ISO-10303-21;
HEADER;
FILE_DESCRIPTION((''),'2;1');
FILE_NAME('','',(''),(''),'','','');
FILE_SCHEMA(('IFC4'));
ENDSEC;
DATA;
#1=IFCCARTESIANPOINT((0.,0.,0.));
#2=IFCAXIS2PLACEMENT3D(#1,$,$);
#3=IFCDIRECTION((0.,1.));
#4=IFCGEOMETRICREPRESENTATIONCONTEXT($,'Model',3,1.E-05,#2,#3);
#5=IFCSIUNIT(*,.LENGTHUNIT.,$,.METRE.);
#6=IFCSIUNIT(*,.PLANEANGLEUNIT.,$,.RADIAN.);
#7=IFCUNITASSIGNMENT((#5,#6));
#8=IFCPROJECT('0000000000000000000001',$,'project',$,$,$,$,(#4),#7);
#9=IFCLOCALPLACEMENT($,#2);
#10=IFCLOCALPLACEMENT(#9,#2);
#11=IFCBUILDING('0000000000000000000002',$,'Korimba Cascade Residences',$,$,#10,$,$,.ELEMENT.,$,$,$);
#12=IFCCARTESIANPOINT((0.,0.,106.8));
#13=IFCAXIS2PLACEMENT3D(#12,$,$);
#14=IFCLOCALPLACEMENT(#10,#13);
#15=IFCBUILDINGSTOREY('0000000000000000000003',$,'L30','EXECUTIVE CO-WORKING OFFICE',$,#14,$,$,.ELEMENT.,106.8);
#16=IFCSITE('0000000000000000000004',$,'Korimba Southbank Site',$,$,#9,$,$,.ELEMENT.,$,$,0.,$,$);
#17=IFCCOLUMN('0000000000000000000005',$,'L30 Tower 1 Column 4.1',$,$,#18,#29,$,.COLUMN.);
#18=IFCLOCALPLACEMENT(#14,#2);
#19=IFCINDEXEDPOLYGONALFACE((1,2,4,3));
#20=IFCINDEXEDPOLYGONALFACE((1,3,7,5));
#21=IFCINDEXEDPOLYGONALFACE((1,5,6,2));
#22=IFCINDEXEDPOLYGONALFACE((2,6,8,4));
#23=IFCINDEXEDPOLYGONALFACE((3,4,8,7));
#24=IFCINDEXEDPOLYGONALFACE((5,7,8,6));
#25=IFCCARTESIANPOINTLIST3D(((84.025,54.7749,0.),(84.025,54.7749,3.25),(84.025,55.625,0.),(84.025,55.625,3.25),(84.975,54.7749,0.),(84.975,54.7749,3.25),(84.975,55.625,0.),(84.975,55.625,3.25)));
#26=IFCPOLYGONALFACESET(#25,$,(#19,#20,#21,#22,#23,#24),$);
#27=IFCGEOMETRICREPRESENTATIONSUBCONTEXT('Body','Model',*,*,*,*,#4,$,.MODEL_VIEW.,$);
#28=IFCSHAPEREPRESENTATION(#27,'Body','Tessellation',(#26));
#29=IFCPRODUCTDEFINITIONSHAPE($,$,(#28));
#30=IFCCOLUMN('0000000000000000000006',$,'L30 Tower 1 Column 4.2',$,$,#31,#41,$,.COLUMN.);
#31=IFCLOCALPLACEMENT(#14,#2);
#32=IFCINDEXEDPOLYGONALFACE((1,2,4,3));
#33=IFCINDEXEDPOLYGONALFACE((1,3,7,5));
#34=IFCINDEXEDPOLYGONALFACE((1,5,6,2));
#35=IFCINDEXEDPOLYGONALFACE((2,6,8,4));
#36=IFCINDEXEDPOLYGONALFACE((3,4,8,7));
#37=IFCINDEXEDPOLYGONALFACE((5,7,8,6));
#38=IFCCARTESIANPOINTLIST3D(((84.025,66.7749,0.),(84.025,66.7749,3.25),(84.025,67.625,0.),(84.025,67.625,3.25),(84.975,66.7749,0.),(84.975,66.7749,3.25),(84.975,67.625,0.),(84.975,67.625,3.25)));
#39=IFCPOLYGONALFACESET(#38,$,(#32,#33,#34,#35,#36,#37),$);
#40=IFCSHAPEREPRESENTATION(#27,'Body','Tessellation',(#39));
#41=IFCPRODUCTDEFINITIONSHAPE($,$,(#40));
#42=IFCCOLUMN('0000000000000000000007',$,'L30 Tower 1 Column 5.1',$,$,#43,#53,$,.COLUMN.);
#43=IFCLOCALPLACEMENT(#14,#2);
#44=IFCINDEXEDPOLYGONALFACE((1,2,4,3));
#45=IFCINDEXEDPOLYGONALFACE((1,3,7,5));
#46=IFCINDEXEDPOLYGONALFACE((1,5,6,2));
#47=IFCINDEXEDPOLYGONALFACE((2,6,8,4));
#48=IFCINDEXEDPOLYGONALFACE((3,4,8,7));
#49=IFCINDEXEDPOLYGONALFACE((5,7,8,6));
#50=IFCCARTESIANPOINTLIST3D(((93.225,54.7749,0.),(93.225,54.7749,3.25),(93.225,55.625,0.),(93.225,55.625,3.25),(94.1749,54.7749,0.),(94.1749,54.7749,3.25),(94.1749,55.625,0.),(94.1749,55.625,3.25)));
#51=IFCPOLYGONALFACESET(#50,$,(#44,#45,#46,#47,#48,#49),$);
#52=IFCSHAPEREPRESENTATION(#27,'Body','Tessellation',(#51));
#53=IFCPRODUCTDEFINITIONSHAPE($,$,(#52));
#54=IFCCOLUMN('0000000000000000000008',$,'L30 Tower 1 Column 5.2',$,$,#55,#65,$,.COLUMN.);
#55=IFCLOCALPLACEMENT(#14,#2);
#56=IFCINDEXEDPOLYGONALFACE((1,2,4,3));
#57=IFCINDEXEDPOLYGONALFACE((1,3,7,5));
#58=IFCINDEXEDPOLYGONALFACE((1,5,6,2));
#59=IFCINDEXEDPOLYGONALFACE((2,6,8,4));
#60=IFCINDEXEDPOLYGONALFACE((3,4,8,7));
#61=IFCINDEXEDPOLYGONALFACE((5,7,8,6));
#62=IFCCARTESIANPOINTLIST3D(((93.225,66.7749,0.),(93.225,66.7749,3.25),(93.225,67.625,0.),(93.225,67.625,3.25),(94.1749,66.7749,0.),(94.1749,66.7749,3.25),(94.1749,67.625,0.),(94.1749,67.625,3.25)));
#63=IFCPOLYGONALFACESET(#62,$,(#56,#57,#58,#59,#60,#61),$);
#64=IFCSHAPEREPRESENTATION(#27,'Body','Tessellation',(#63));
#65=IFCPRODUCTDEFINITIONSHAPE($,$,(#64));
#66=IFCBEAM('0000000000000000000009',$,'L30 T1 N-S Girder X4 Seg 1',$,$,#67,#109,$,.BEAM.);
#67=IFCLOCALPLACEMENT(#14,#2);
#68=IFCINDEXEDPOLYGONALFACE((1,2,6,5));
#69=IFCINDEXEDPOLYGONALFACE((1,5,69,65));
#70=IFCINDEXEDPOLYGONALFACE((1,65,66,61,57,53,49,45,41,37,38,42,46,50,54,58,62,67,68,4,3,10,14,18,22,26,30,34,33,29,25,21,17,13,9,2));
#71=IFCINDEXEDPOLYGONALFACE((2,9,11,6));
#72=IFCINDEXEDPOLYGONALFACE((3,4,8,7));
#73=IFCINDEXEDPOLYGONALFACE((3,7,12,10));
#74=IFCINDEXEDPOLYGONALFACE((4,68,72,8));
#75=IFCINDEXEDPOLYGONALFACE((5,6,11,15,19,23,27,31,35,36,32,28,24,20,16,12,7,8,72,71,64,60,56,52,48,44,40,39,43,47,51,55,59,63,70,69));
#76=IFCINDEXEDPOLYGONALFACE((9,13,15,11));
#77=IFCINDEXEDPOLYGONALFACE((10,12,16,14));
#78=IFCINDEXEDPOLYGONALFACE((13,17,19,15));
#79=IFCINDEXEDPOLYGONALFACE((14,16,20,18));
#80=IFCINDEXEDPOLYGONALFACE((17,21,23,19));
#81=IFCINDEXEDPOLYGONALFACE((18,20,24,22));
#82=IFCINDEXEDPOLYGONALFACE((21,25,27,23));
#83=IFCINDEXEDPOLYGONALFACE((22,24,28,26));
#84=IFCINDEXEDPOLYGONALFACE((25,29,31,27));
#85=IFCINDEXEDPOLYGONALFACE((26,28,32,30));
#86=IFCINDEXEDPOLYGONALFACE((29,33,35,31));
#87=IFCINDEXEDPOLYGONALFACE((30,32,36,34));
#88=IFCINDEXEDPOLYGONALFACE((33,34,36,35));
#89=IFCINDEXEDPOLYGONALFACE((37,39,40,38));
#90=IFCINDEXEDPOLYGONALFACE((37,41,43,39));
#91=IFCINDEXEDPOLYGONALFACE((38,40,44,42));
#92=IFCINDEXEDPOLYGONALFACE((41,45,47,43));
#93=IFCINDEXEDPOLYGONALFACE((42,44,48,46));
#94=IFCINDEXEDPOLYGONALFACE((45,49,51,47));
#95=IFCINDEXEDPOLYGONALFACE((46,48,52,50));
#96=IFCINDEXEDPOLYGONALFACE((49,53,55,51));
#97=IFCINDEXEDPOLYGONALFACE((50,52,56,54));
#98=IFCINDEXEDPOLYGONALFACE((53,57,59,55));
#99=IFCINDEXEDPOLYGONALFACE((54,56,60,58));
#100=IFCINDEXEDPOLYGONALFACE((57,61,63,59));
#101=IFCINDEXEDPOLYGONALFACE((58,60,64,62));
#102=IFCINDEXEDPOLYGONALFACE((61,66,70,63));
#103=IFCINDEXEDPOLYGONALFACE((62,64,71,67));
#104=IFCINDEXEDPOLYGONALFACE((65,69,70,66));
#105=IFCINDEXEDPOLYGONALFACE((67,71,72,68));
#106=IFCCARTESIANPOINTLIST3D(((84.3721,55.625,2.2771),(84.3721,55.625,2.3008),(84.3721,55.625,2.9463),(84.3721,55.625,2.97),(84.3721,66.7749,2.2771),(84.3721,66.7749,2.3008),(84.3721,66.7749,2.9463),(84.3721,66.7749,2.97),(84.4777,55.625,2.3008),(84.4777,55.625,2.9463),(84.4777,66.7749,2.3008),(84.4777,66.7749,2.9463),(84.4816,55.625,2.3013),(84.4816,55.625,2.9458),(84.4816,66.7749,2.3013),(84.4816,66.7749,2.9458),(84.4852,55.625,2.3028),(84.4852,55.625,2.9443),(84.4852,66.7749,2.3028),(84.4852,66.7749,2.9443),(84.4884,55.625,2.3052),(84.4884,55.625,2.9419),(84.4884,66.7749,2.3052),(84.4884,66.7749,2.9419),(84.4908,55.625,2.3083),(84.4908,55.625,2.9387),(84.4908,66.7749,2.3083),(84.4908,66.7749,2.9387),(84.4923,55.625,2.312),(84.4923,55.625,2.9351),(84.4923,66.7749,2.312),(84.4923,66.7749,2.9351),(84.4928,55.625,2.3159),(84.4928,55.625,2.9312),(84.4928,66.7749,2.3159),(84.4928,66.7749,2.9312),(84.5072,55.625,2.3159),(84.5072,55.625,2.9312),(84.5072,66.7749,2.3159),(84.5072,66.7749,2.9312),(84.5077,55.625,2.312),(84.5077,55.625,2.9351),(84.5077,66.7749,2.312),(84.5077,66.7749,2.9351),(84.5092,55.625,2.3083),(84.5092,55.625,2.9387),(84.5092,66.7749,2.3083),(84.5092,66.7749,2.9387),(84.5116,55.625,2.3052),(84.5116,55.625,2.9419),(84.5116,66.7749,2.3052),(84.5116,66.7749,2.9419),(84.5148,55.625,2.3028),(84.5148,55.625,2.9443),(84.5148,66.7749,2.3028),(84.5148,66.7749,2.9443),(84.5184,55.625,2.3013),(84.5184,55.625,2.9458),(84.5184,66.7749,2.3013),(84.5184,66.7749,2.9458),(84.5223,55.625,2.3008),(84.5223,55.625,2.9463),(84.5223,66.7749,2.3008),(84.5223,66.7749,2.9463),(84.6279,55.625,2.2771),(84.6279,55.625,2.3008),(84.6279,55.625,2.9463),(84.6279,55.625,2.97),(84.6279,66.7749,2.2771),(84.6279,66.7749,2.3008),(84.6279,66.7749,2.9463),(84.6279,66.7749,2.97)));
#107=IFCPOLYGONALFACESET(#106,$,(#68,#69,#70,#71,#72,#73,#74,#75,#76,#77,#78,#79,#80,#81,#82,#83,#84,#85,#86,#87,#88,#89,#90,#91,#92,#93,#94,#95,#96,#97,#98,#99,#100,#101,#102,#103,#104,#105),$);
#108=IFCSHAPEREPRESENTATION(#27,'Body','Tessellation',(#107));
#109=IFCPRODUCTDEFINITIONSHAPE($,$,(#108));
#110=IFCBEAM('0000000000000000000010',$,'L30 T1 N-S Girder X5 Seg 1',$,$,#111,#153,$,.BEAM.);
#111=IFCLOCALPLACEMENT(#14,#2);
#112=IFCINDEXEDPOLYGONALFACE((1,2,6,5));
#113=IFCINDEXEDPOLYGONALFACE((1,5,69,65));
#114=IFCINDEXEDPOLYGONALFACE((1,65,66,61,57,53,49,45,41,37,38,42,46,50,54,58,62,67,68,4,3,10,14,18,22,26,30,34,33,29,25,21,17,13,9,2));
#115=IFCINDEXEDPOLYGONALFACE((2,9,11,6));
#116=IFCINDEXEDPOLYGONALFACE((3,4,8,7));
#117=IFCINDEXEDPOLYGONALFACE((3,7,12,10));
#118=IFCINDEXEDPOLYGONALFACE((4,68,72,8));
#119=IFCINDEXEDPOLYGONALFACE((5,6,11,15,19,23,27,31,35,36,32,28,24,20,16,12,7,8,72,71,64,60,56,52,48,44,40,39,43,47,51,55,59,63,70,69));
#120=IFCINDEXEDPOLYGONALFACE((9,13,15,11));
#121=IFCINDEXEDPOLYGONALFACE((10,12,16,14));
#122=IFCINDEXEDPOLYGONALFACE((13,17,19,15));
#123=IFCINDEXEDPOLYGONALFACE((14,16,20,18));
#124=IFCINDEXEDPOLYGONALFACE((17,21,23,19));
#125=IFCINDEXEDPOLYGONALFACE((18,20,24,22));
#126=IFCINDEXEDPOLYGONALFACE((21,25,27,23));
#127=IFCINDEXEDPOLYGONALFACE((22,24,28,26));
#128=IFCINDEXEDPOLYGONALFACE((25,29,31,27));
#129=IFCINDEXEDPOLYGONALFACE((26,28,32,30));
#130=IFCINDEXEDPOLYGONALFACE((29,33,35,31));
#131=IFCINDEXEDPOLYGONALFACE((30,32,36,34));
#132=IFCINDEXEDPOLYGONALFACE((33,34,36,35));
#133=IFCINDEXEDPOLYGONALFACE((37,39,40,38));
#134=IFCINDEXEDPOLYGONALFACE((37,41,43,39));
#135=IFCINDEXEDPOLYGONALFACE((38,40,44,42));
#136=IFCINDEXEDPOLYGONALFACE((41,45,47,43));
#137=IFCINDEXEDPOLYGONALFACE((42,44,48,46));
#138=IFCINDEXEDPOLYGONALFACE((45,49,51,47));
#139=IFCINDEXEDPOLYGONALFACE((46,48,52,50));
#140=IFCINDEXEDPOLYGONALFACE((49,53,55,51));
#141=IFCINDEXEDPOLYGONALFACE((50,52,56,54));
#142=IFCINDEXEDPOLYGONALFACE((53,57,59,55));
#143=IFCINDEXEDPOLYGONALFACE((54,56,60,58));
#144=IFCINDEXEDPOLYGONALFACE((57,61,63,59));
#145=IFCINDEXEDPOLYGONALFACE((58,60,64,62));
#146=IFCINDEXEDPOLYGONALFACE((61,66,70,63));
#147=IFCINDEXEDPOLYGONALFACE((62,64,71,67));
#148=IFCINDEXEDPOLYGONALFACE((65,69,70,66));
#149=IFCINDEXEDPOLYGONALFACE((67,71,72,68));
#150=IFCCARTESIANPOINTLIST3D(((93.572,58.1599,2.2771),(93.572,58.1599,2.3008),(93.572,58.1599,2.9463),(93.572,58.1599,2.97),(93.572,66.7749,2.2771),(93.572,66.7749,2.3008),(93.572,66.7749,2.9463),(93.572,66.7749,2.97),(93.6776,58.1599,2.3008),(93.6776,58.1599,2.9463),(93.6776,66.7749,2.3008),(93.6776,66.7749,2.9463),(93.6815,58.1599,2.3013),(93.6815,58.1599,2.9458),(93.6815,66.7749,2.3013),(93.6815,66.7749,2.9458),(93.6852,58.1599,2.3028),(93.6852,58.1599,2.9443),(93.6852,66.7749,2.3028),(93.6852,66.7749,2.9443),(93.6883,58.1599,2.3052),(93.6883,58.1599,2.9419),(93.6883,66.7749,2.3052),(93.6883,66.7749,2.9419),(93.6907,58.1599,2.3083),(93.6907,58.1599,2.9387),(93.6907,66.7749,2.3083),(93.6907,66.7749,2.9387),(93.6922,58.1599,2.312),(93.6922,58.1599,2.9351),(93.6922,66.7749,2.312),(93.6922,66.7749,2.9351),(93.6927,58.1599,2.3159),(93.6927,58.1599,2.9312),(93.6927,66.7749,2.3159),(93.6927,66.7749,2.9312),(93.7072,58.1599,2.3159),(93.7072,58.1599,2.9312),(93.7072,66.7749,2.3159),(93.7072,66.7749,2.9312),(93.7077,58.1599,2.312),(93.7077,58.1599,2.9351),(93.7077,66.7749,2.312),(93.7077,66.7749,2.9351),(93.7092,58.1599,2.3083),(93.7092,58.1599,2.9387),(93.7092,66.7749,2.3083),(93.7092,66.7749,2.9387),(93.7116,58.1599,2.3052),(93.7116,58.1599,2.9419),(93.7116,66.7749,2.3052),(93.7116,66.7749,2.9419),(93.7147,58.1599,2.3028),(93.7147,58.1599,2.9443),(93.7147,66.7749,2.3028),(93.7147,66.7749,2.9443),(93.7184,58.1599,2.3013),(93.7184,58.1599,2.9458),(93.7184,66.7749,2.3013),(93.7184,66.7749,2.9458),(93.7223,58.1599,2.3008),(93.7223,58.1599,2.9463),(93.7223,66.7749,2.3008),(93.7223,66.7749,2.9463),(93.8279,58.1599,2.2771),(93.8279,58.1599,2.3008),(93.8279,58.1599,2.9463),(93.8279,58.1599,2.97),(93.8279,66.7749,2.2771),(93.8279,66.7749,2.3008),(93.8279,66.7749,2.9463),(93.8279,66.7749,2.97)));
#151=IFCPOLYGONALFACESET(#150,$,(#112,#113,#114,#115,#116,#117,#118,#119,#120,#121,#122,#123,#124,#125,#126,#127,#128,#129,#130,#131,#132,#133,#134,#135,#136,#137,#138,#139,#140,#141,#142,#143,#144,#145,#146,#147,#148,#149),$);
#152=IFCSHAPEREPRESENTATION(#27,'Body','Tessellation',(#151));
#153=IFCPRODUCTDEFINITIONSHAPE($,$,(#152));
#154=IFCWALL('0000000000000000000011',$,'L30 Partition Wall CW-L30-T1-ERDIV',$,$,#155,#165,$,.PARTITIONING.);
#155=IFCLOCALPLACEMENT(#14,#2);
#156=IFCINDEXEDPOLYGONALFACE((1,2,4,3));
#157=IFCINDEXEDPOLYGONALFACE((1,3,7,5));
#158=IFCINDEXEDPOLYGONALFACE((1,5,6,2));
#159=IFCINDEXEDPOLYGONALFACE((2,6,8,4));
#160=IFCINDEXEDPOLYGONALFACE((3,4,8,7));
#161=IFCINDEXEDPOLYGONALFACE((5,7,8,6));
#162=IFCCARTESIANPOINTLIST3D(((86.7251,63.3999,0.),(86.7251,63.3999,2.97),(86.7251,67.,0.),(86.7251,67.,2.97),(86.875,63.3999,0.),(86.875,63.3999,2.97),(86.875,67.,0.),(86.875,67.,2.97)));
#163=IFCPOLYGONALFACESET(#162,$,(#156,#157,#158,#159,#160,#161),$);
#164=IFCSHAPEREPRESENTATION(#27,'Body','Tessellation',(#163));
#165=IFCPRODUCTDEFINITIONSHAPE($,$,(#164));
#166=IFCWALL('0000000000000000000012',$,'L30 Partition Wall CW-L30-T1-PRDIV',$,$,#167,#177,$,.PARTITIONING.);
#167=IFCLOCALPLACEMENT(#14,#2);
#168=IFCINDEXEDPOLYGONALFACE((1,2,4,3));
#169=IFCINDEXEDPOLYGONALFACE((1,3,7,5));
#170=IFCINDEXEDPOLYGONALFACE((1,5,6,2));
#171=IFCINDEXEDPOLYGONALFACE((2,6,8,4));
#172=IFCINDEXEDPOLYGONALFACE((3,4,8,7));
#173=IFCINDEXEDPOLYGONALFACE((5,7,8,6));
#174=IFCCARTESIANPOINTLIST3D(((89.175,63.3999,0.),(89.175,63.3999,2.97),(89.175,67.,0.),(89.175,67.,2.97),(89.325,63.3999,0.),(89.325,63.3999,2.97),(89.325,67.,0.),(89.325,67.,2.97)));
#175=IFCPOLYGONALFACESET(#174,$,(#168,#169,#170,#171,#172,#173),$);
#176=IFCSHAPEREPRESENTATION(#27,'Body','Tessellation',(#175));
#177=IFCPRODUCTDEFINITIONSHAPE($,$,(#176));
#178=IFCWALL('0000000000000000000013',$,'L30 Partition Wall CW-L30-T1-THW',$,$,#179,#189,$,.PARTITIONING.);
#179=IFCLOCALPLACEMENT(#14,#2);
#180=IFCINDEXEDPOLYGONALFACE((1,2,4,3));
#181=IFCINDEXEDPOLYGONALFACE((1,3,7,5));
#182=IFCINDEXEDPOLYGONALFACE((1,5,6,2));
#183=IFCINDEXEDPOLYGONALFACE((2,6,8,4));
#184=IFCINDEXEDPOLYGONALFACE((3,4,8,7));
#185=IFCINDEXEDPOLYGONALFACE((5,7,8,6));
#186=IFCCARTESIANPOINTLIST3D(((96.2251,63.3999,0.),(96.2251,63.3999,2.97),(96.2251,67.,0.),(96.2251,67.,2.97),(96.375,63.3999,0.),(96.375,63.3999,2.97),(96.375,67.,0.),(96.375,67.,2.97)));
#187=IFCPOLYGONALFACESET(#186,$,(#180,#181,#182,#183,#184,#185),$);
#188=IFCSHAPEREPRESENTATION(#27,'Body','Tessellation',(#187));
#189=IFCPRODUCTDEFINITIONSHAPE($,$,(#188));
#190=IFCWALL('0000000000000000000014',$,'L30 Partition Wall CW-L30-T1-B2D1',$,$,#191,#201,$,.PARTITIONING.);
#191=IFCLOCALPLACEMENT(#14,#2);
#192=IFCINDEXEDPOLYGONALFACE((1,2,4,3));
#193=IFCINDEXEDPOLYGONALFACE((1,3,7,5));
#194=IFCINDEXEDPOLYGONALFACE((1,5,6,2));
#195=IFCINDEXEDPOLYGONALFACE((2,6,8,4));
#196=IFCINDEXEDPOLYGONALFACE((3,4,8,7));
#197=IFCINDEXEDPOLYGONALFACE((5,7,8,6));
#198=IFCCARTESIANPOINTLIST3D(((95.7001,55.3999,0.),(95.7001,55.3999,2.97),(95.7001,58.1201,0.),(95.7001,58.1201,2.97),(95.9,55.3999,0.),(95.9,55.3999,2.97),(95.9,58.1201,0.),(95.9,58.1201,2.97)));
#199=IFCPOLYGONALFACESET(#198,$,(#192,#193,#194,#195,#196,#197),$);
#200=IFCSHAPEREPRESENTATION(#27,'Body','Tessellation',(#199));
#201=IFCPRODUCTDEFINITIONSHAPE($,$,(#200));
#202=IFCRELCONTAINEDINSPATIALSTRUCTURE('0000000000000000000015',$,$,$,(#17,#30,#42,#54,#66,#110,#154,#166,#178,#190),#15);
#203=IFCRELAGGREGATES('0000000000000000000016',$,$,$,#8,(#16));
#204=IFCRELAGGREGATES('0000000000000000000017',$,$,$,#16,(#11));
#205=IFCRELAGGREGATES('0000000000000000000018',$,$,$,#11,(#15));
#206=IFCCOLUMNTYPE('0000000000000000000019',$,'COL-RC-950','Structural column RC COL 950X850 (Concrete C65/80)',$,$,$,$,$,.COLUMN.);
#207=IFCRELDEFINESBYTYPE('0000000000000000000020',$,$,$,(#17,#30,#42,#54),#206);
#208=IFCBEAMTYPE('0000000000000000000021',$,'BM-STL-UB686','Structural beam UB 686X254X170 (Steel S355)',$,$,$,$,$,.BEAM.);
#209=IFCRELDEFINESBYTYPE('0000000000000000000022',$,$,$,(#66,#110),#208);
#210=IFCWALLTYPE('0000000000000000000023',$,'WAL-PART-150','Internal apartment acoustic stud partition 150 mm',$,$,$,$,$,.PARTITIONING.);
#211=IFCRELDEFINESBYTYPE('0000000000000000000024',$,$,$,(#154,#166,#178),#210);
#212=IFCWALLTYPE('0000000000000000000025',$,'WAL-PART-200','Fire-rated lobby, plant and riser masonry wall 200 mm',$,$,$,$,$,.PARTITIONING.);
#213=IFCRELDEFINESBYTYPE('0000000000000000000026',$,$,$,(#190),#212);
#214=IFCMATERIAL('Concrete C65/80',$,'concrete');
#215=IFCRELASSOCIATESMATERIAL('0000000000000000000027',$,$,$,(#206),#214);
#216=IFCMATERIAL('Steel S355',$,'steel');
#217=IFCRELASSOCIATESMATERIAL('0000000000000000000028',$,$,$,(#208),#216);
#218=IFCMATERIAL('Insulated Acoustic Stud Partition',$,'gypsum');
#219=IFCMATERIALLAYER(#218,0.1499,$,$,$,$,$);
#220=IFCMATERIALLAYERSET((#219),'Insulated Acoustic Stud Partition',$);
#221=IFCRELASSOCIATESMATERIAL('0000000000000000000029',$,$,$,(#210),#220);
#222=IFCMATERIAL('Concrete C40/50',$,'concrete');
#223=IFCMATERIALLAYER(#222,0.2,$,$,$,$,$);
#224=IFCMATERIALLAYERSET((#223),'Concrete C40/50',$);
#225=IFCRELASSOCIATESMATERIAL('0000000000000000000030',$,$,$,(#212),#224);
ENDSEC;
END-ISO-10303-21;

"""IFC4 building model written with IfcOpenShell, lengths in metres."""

from ifc_helpers import new_model, si_unit, direction, frame, frame_2d, origin, origin_2d, place, context, subcontext, project, spatial, rectangle, i_section, extrude, material, layer, layer_set, material_profile, profile_set, type_object, element, save


model = new_model("IFC4")

# Units and contexts
model_context = context("Model", 3, precision=1e-05, world=origin(), true_north=direction((0.0, 1.0)))
body_context = subcontext(model_context, "Body", "Model", "MODEL_VIEW")
ifc_project = project(units=[si_unit("LENGTHUNIT", "METRE"), si_unit("PLANEANGLEUNIT", "RADIAN")], contexts=[model_context])

# Site, building, storey
site_placement = place(None, origin())
site = spatial("IfcSite", under=ifc_project, at=site_placement, Name="Korimba Southbank Site", CompositionType="ELEMENT", RefElevation=0.0)
building_placement = place(site_placement, origin())
building = spatial("IfcBuilding", under=site, at=building_placement, Name="Korimba Cascade Residences", CompositionType="ELEMENT")
storey_placement = place(building_placement, frame((0.0, 0.0, 106.8)))
storey = spatial("IfcBuildingStorey", under=building, at=storey_placement, Name="L30", Description="EXECUTIVE CO-WORKING OFFICE", CompositionType="ELEMENT", Elevation=106.8)

# Columns
ifc_material_1 = material(Name="Concrete C65/80", Category="concrete")
ifc_material_profile_1 = material_profile(ifc_material_1, rectangle(XDim=0.95, YDim=0.8501, at=origin_2d()), Name="Concrete C65/80")
ifc_profile_set_1 = profile_set([ifc_material_profile_1], Name="Concrete C65/80")
column_type = type_object("IfcColumnType", Name="COL-RC-950", Description="Structural column RC COL 950X850 (Concrete C65/80)", PredefinedType="COLUMN", material=ifc_profile_set_1)
for number, where, z_axis, x_axis, name in (
    (1, (84.5, 55.2, 0.0), (0.0, 0.0, 1.0), (1.0, 0.0, 0.0), "L30 Tower 1 Column 4.1"),
    (2, (84.5, 67.2, 0.0), (0.0, 0.0, 1.0), (1.0, 0.0, 0.0), "L30 Tower 1 Column 4.2"),
    (3, (93.7, 55.2, 0.0), (0.0, 0.0, 1.0), (1.0, 0.0, 0.0), "L30 Tower 1 Column 5.1"),
    (4, (93.7, 67.2, 0.0), (0.0, 0.0, 1.0), (1.0, 0.0, 0.0), "L30 Tower 1 Column 5.2"),
):
    element("IfcColumn", number, at=place(storey_placement, frame(where, z_axis=z_axis, x_axis=x_axis)), inside=storey, type_object=column_type, Name=name, PredefinedType="COLUMN", context=body_context, shape_type="SweptSolid", body=[
        extrude(rectangle(XDim=0.95, YDim=0.8501, at=origin_2d()), origin(), (0.0, 0.0, 1.0), 3.25),
    ])

# Beams
ifc_material_2 = material(Name="Steel S355", Category="steel")
ifc_material_profile_2 = material_profile(ifc_material_2, i_section(OverallWidth=0.2559, OverallDepth=0.6929, WebThickness=0.0144, FlangeThickness=0.0237, FilletRadius=0.0151, at=origin_2d()), Name="Steel S355")
ifc_profile_set_2 = profile_set([ifc_material_profile_2], Name="Steel S355")
beam_type = type_object("IfcBeamType", Name="BM-STL-UB686", Description="Structural beam UB 686X254X170 (Steel S355)", PredefinedType="BEAM", material=ifc_profile_set_2)
beam_1_placement = place(storey_placement, frame((84.5, 55.625, 2.6235), z_axis=(0.0, 1.0, 0.0), x_axis=(-1.0, 0.0, 0.0)))
element("IfcBeam", 5, at=beam_1_placement, inside=storey, type_object=beam_type, Name="L30 T1 N-S Girder X4 Seg 1", PredefinedType="BEAM", context=body_context, shape_type="SweptSolid", body=[
    extrude(i_section(OverallWidth=0.2559, OverallDepth=0.6929, WebThickness=0.0144, FlangeThickness=0.0237, FilletRadius=0.0151, at=origin_2d()), origin(), (0.0, 0.0, 1.0), 11.1499),
])
beam_2_placement = place(storey_placement, frame((93.7, 58.1599, 2.6235), z_axis=(0.0, 1.0, 0.0), x_axis=(-1.0, 0.0, 0.0)))
element("IfcBeam", 6, at=beam_2_placement, inside=storey, type_object=beam_type, Name="L30 T1 N-S Girder X5 Seg 1", PredefinedType="BEAM", context=body_context, shape_type="SweptSolid", body=[
    extrude(i_section(OverallWidth=0.2559, OverallDepth=0.6929, WebThickness=0.0144, FlangeThickness=0.0237, FilletRadius=0.0151, at=origin_2d()), origin(), (0.0, 0.0, 1.0), 8.615),
])

# Walls
ifc_material_3 = material(Name="Insulated Acoustic Stud Partition", Category="gypsum")
ifc_layer_1 = layer(ifc_material_3, 0.1499)
ifc_layer_set_1 = layer_set([ifc_layer_1], Name="Insulated Acoustic Stud Partition")
wall_type_1 = type_object("IfcWallType", Name="WAL-PART-150", Description="Internal apartment acoustic stud partition 150 mm", PredefinedType="PARTITIONING", material=ifc_layer_set_1)
for number, where, z_axis, x_axis, name in (
    (7, (86.8, 63.3999, 0.0), (0.0, 0.0, 1.0), (0.0, 1.0, 0.0), "L30 Partition Wall CW-L30-T1-ERDIV"),
    (8, (89.25, 63.3999, 0.0), (0.0, 0.0, 1.0), (0.0, 1.0, 0.0), "L30 Partition Wall CW-L30-T1-PRDIV"),
    (9, (96.3, 63.3999, 0.0), (0.0, 0.0, 1.0), (0.0, 1.0, 0.0), "L30 Partition Wall CW-L30-T1-THW"),
):
    element("IfcWall", number, at=place(storey_placement, frame(where, z_axis=z_axis, x_axis=x_axis)), inside=storey, type_object=wall_type_1, Name=name, PredefinedType="PARTITIONING", context=body_context, shape_type="SweptSolid", body=[
        extrude(rectangle(XDim=3.6001, YDim=0.1499, at=frame_2d((1.8, 0.0))), origin(), (0.0, 0.0, 1.0), 2.97),
    ])
ifc_material_4 = material(Name="Concrete C40/50", Category="concrete")
ifc_layer_2 = layer(ifc_material_4, 0.2)
ifc_layer_set_2 = layer_set([ifc_layer_2], Name="Concrete C40/50")
wall_type_2 = type_object("IfcWallType", Name="WAL-PART-200", Description="Fire-rated lobby, plant and riser masonry wall 200 mm", PredefinedType="PARTITIONING", material=ifc_layer_set_2)
wall_1_placement = place(storey_placement, frame((95.8, 55.3999, 0.0), z_axis=(0.0, 0.0, 1.0), x_axis=(0.0, 1.0, 0.0)))
element("IfcWall", 10, at=wall_1_placement, inside=storey, type_object=wall_type_2, Name="L30 Partition Wall CW-L30-T1-B2D1", PredefinedType="PARTITIONING", context=body_context, shape_type="SweptSolid", body=[
    extrude(rectangle(XDim=2.7202, YDim=0.2, at=frame_2d((1.3601, 0.0))), origin(), (0.0, 0.0, 1.0), 2.97),
])

save(model, "model.ifc")
